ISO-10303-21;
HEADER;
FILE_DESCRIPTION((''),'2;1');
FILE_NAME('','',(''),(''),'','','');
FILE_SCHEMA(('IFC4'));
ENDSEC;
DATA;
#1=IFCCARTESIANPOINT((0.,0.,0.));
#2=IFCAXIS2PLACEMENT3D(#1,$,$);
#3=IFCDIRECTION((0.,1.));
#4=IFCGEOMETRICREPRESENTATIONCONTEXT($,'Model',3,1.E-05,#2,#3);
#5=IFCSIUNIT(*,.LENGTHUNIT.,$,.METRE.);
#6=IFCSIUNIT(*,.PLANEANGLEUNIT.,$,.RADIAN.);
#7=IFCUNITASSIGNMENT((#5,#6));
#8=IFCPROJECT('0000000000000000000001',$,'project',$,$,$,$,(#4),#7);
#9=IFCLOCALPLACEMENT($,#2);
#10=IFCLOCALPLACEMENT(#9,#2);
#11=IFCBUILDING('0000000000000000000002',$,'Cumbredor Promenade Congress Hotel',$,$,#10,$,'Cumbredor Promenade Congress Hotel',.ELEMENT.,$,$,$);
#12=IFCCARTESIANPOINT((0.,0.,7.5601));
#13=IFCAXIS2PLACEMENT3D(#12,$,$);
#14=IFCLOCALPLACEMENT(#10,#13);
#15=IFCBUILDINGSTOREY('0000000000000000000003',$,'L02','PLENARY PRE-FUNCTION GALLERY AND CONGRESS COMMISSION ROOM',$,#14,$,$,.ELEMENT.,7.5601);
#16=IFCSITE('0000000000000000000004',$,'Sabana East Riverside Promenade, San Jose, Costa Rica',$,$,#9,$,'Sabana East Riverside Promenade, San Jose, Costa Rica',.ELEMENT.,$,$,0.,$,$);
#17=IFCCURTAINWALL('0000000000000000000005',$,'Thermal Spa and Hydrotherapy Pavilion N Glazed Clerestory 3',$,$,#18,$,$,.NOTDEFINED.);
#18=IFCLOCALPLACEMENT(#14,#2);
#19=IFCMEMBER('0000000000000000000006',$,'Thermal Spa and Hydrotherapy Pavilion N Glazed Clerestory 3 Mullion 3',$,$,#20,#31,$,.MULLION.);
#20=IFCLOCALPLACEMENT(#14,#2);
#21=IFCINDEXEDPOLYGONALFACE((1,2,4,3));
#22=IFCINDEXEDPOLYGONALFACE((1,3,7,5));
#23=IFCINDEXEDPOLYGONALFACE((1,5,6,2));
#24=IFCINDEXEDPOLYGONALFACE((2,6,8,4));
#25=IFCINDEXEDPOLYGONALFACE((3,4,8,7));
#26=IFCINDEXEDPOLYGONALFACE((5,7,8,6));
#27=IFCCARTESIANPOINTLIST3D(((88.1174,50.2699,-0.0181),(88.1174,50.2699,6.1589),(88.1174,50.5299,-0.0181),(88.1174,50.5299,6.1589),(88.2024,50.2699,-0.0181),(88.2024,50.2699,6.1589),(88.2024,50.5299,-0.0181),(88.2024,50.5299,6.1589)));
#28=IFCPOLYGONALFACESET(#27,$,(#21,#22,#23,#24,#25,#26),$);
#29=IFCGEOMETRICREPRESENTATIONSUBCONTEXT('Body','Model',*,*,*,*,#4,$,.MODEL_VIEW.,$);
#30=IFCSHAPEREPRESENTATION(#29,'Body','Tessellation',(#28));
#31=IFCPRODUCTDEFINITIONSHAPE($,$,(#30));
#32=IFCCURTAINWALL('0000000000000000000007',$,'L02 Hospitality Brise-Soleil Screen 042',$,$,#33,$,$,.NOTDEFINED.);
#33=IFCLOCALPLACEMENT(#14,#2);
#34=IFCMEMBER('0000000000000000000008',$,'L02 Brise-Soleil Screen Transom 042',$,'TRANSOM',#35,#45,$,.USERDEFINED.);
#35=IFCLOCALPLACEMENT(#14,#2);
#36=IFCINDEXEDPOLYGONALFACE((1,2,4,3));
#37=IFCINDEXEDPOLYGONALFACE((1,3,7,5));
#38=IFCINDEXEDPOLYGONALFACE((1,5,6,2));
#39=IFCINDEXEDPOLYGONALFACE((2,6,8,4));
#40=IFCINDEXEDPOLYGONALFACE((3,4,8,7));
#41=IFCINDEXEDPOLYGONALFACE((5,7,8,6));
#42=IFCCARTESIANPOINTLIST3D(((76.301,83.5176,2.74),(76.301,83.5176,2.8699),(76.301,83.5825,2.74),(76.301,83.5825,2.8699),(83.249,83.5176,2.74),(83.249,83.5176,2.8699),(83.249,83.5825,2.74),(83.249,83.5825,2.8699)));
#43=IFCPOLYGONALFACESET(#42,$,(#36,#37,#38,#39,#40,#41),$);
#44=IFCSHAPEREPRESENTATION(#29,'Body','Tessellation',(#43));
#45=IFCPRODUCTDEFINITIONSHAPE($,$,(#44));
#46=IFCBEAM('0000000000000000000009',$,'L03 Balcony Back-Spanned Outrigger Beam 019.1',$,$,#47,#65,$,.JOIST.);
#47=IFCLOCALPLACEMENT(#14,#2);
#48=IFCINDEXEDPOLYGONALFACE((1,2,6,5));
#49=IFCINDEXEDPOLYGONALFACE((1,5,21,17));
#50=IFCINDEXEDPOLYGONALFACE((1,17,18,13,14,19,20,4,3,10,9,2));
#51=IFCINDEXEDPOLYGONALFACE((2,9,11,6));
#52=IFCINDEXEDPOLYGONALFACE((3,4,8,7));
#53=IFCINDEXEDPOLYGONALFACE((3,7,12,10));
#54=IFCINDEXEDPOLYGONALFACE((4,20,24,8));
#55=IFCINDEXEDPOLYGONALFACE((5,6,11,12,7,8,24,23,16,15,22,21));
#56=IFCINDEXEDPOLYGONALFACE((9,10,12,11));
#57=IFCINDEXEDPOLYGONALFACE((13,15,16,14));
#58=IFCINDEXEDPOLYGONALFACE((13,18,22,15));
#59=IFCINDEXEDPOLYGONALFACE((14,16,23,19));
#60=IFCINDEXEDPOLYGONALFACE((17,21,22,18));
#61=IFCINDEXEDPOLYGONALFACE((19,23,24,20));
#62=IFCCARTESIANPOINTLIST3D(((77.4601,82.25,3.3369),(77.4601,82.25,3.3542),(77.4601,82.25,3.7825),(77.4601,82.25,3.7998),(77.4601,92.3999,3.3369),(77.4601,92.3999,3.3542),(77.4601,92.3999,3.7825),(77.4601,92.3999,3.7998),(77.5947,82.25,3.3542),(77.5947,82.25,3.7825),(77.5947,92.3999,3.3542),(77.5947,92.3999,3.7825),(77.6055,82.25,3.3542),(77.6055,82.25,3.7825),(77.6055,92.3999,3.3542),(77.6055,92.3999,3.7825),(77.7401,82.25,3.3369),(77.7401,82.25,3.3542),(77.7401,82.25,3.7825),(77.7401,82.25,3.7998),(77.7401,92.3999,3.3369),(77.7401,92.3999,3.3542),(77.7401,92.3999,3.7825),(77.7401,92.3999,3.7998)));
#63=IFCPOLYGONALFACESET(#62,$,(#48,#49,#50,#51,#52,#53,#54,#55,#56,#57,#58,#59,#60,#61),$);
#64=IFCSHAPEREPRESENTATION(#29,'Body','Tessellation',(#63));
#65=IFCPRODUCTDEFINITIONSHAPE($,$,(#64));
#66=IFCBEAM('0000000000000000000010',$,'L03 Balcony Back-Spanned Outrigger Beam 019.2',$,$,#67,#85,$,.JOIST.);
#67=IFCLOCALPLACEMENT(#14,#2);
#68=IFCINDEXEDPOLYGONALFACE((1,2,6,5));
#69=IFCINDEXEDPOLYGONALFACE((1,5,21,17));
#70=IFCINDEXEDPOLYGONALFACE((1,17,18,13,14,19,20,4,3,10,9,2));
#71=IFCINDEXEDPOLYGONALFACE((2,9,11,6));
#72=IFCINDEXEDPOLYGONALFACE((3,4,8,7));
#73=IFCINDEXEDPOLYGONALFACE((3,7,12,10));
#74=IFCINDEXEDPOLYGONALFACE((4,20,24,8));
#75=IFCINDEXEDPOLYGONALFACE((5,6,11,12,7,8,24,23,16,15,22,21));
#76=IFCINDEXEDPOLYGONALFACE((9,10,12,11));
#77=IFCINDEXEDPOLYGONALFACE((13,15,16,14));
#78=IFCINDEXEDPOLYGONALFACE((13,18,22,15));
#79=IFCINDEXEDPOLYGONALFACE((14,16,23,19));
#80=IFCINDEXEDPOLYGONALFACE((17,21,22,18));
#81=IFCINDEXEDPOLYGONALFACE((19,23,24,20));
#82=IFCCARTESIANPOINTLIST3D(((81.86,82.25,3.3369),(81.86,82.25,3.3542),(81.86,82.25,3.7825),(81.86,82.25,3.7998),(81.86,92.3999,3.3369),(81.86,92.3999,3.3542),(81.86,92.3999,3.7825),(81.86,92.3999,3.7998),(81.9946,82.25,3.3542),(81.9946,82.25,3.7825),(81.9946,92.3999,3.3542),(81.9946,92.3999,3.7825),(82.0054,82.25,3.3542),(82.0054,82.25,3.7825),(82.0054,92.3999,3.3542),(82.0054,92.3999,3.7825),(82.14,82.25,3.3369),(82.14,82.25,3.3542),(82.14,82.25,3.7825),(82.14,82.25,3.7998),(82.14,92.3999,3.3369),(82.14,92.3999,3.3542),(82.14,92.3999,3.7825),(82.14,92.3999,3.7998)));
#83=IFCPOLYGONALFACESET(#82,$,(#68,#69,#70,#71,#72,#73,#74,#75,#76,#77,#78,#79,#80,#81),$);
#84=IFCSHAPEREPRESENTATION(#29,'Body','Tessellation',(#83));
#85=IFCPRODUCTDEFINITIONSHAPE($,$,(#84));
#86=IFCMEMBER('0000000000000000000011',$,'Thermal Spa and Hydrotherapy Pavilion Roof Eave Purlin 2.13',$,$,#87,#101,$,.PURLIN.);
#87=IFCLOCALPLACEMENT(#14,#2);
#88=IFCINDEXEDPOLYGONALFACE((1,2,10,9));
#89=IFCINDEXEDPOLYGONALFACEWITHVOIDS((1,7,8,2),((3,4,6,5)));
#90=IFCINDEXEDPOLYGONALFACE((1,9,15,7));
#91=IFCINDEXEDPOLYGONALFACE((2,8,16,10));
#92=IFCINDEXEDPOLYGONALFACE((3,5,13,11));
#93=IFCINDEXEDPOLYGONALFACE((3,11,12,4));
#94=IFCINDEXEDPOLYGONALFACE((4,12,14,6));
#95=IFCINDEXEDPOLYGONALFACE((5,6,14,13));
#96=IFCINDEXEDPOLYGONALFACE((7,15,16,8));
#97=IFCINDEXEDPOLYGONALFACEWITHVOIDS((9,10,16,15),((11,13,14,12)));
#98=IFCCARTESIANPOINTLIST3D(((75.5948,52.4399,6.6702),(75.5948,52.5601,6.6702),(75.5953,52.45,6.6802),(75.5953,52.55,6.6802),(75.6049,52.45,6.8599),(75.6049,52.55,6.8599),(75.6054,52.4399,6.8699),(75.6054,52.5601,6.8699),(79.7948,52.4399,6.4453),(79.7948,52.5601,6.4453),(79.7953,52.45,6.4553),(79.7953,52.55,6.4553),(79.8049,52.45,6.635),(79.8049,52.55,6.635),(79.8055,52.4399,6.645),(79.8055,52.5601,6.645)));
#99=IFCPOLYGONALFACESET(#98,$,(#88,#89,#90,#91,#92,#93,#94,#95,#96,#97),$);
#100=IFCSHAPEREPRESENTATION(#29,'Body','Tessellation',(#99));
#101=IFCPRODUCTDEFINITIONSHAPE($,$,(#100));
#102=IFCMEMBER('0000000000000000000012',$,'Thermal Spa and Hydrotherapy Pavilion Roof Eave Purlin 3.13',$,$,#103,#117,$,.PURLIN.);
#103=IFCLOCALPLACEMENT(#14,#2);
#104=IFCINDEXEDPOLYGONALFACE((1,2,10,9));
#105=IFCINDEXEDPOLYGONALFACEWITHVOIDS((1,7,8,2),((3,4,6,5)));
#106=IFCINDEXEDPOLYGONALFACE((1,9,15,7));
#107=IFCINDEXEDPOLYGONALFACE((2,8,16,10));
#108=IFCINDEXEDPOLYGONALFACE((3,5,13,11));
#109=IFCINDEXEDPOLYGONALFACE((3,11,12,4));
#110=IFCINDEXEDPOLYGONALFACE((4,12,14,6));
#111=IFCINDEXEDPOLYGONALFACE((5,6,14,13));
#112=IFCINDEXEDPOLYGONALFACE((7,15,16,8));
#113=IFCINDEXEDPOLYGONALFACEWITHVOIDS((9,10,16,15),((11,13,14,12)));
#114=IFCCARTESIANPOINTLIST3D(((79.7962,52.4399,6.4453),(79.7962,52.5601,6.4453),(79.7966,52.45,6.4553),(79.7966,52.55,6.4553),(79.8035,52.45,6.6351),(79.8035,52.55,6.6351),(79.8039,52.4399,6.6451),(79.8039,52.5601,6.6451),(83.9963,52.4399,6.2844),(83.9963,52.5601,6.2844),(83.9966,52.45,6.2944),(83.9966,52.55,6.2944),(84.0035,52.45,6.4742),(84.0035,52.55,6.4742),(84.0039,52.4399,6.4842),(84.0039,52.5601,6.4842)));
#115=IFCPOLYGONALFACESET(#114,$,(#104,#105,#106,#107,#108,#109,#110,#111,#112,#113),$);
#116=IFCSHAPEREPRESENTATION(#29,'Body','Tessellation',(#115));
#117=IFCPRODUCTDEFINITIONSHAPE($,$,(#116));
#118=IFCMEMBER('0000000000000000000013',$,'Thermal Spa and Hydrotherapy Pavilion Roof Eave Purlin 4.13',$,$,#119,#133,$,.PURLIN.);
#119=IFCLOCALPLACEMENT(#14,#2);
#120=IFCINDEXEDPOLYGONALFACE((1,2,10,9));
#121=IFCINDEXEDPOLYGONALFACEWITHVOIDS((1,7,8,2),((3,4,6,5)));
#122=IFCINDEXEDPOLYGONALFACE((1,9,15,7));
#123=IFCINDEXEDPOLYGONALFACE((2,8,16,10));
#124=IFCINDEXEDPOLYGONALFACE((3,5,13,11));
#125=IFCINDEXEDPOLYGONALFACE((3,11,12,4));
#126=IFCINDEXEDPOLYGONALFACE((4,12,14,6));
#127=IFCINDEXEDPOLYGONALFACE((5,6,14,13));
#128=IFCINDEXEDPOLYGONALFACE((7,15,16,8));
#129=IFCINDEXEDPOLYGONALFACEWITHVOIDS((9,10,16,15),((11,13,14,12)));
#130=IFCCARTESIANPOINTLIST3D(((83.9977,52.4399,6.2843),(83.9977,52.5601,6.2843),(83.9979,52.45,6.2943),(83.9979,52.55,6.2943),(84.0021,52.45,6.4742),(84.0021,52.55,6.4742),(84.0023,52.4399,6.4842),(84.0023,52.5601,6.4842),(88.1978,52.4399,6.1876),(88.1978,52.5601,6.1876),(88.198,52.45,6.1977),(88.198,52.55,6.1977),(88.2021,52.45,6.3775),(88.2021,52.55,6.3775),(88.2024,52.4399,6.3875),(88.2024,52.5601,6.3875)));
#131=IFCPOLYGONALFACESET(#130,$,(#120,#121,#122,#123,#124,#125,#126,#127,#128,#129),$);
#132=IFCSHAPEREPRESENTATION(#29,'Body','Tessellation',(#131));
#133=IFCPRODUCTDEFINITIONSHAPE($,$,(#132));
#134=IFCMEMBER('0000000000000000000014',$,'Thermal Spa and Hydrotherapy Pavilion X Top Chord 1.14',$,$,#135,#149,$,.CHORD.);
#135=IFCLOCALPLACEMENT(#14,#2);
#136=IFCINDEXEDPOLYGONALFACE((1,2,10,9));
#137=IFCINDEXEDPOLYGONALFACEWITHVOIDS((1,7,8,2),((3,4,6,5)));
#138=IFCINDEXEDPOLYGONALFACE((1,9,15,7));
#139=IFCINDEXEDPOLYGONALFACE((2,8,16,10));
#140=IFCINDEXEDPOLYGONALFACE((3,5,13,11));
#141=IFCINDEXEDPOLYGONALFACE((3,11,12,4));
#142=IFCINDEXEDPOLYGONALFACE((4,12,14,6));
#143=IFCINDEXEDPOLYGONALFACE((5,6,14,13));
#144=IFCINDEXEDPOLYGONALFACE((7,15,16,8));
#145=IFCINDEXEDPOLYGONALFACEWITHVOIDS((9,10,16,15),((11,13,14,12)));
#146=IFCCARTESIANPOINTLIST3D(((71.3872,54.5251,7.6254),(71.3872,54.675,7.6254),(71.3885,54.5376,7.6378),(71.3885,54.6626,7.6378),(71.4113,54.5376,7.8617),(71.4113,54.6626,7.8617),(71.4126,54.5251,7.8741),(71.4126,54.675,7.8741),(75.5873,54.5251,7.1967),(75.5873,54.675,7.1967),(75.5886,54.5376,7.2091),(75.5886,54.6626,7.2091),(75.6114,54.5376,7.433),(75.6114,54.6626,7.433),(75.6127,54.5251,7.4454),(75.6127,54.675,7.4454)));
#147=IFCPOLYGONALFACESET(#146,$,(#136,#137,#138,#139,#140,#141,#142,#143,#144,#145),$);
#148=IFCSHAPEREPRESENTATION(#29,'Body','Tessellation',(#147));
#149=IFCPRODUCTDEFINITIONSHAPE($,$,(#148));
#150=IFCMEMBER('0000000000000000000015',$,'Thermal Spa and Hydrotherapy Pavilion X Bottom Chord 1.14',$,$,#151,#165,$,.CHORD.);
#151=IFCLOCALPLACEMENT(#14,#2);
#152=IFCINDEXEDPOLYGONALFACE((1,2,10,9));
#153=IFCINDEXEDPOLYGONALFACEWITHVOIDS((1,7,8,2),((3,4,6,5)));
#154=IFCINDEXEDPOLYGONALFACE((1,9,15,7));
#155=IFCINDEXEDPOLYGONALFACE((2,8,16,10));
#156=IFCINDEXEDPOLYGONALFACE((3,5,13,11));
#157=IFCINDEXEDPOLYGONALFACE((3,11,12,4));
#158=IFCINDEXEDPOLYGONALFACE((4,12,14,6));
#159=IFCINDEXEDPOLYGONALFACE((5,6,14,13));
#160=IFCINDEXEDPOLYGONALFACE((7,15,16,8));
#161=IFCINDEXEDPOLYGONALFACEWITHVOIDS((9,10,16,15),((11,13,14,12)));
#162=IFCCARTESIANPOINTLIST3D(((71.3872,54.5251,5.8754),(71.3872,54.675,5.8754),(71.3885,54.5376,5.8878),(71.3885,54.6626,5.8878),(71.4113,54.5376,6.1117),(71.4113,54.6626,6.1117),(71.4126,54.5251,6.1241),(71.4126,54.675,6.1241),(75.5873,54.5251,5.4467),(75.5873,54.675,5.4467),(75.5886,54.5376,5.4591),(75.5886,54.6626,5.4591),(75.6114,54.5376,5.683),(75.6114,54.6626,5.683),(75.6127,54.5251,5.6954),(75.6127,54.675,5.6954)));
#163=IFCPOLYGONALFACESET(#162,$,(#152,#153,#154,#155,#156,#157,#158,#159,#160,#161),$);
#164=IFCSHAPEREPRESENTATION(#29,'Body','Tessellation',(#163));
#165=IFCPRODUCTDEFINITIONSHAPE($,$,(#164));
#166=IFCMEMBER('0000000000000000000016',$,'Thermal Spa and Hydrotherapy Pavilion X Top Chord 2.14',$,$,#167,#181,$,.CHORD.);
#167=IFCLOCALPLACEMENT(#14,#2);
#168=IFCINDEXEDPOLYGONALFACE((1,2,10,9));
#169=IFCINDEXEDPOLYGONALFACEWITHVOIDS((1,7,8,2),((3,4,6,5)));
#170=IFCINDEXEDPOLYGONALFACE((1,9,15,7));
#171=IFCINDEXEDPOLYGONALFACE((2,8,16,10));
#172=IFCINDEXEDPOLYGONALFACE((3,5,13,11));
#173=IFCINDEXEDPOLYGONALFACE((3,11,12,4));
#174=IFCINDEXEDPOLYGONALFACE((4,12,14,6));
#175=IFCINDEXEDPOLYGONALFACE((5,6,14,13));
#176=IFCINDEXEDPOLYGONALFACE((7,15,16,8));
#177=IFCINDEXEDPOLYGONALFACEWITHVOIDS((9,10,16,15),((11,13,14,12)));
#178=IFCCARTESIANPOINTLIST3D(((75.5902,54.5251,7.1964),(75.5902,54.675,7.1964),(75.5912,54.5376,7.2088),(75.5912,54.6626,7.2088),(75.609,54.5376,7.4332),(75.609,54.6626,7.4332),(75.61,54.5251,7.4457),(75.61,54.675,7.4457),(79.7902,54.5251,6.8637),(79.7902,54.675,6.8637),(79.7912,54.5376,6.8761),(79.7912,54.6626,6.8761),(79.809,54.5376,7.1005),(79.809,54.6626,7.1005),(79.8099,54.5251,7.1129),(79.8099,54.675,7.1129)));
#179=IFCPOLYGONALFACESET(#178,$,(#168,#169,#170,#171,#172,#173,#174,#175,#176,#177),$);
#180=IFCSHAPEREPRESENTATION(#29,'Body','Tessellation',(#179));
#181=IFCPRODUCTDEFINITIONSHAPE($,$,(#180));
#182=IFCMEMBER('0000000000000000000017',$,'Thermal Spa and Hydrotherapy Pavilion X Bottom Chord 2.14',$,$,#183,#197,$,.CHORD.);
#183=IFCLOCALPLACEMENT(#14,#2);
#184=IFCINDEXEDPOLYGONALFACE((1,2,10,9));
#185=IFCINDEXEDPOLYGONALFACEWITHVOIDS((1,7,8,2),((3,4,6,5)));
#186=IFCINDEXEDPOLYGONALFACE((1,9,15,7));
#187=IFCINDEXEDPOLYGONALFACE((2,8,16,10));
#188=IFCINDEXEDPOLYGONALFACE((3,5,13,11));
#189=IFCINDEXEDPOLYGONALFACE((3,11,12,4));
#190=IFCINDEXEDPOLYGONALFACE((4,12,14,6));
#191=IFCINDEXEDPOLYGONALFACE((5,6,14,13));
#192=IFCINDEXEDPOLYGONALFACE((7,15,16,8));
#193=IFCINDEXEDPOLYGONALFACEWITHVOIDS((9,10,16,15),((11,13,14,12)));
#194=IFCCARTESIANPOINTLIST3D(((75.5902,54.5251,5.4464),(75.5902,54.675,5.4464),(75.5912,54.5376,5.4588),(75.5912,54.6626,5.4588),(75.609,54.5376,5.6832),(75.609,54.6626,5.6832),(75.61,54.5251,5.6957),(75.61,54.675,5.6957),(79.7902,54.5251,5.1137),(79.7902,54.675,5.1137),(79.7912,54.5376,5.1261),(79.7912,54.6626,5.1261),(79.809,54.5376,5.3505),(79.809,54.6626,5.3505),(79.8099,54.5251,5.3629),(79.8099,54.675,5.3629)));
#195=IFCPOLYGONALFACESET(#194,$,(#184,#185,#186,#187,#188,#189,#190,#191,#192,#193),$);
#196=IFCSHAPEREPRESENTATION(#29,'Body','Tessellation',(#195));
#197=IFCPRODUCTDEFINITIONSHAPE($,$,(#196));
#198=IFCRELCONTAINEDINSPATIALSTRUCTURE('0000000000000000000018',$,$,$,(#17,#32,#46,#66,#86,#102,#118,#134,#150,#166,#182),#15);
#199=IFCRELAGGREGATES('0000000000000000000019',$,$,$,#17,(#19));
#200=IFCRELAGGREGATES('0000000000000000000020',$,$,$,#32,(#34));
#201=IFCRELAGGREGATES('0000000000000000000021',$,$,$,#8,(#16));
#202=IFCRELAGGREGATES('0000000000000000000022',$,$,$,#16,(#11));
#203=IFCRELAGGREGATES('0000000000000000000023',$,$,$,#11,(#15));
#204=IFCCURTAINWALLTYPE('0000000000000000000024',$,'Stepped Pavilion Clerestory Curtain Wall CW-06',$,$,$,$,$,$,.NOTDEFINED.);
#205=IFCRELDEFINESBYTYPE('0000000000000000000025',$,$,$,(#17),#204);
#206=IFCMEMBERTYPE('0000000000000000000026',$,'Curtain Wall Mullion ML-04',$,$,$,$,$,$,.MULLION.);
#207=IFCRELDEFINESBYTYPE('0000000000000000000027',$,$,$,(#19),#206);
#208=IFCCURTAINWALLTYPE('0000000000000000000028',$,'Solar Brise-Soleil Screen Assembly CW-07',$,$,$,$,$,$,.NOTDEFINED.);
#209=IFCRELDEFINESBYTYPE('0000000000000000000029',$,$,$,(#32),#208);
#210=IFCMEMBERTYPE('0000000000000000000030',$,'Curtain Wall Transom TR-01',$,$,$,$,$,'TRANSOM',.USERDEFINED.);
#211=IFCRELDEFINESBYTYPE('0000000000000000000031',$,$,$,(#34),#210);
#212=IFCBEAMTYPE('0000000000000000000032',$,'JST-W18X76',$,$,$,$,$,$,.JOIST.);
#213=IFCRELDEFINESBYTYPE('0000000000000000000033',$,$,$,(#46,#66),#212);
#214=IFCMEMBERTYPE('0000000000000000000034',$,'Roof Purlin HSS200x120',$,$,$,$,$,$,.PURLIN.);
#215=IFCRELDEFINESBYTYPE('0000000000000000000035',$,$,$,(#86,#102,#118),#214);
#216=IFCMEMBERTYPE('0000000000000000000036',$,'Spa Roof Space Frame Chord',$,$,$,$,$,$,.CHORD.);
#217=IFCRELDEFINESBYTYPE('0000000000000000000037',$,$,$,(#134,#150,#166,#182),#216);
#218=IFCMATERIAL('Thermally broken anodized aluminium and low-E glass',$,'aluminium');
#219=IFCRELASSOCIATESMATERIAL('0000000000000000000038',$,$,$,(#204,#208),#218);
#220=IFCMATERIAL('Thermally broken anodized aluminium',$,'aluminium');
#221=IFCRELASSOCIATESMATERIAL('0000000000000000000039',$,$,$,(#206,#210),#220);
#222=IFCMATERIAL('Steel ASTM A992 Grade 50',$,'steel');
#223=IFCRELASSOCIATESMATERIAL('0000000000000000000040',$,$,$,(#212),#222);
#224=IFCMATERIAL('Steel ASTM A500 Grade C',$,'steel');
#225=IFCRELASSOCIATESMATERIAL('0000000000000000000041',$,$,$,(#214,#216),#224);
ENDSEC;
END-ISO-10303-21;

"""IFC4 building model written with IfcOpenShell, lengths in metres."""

from ifc_helpers import new_model, si_unit, direction, frame, origin, origin_2d, place, context, subcontext, project, spatial, rectangle, hollow_rectangle, i_section, extrude, material, material_profile, profile_set, type_object, element, aggregate, save


model = new_model("IFC4")

# Units and contexts
model_context = context("Model", 3, precision=1e-05, world=origin(), true_north=direction((0.0, 1.0)))
body_context = subcontext(model_context, "Body", "Model", "MODEL_VIEW")
ifc_project = project(units=[si_unit("LENGTHUNIT", "METRE"), si_unit("PLANEANGLEUNIT", "RADIAN")], contexts=[model_context])

# Site, building, storey
site_placement = place(None, origin())
site = spatial("IfcSite", under=ifc_project, at=site_placement, Name="Sabana East Riverside Promenade, San Jose, Costa Rica", LongName="Sabana East Riverside Promenade, San Jose, Costa Rica", CompositionType="ELEMENT", RefElevation=0.0)
building_placement = place(site_placement, origin())
building = spatial("IfcBuilding", under=site, at=building_placement, Name="Cumbredor Promenade Congress Hotel", LongName="Cumbredor Promenade Congress Hotel", CompositionType="ELEMENT")
storey_placement = place(building_placement, frame((0.0, 0.0, 7.5601)))
storey = spatial("IfcBuildingStorey", under=building, at=storey_placement, Name="L02", Description="PLENARY PRE-FUNCTION GALLERY AND CONGRESS COMMISSION ROOM", CompositionType="ELEMENT", Elevation=7.5601)

# Curtain walls, members
ifc_material_1 = material(Name="Thermally broken anodized aluminium and low-E glass", Category="aluminium")
curtain_wall_type_1 = type_object("IfcCurtainWallType", Name="Stepped Pavilion Clerestory Curtain Wall CW-06", PredefinedType="NOTDEFINED", material=ifc_material_1)
curtain_wall_1_placement = place(storey_placement, origin())
curtain_wall_1 = element("IfcCurtainWall", 1, at=curtain_wall_1_placement, inside=storey, type_object=curtain_wall_type_1, Name="Thermal Spa and Hydrotherapy Pavilion N Glazed Clerestory 3", PredefinedType="NOTDEFINED")
ifc_material_2 = material(Name="Thermally broken anodized aluminium", Category="aluminium")
ifc_material_profile_1 = material_profile(ifc_material_2, rectangle(XDim=0.085, YDim=0.26, at=origin_2d()), Name="ALU MULLION CLERESTORY 85x260")
ifc_profile_set_1 = profile_set([ifc_material_profile_1], Name="Thermally broken anodized aluminium")
member_type_1 = type_object("IfcMemberType", Name="Curtain Wall Mullion ML-04", PredefinedType="MULLION", material=ifc_profile_set_1)
member_1_placement = place(storey_placement, frame((88.1599, 50.3999, -0.0181), z_axis=(0.0, 0.0, 1.0), x_axis=(1.0, 0.0, 0.0)))
member_1 = element("IfcMember", 2, at=member_1_placement, type_object=member_type_1, Name="Thermal Spa and Hydrotherapy Pavilion N Glazed Clerestory 3 Mullion 3", PredefinedType="MULLION", context=body_context, shape_type="SweptSolid", body=[
    extrude(rectangle(XDim=0.085, YDim=0.26, at=origin_2d()), origin(), (0.0, 0.0, 1.0), 6.177),
])
curtain_wall_type_2 = type_object("IfcCurtainWallType", Name="Solar Brise-Soleil Screen Assembly CW-07", PredefinedType="NOTDEFINED", material=ifc_material_1)
curtain_wall_2_placement = place(storey_placement, origin())
curtain_wall_2 = element("IfcCurtainWall", 3, at=curtain_wall_2_placement, inside=storey, type_object=curtain_wall_type_2, Name="L02 Hospitality Brise-Soleil Screen 042", PredefinedType="NOTDEFINED")
ifc_material_profile_2 = material_profile(ifc_material_2, rectangle(XDim=0.0649, YDim=0.1299, at=origin_2d()), Name="ALU TRANSOM 65x130")
ifc_profile_set_2 = profile_set([ifc_material_profile_2], Name="Thermally broken anodized aluminium")
member_type_2 = type_object("IfcMemberType", Name="Curtain Wall Transom TR-01", ElementType="TRANSOM", PredefinedType="USERDEFINED", material=ifc_profile_set_2)
member_2_placement = place(storey_placement, frame((76.301, 83.55, 2.8049), z_axis=(1.0, 0.0, 0.0), x_axis=(0.0, 1.0, 0.0)))
member_2 = element("IfcMember", 4, at=member_2_placement, type_object=member_type_2, Name="L02 Brise-Soleil Screen Transom 042", ObjectType="TRANSOM", PredefinedType="USERDEFINED", context=body_context, shape_type="SweptSolid", body=[
    extrude(rectangle(XDim=0.0649, YDim=0.1299, at=origin_2d()), origin(), (0.0, 0.0, 1.0), 6.948),
])

# Beams
ifc_material_3 = material(Name="Steel ASTM A992 Grade 50", Category="steel")
ifc_material_profile_3 = material_profile(ifc_material_3, i_section(OverallWidth=0.28, OverallDepth=0.4629, WebThickness=0.0107, FlangeThickness=0.0173, at=origin_2d()), Name="W18X76")
ifc_profile_set_3 = profile_set([ifc_material_profile_3], Name="Steel ASTM A992 Grade 50")
beam_type = type_object("IfcBeamType", Name="JST-W18X76", PredefinedType="JOIST", material=ifc_profile_set_3)
for number, where, z_axis, x_axis, name in (
    (5, (77.6001, 82.25, 3.5684), (0.0, 1.0, 0.0), (-1.0, 0.0, 0.0), "L03 Balcony Back-Spanned Outrigger Beam 019.1"),
    (6, (82.0, 82.25, 3.5684), (0.0, 1.0, 0.0), (-1.0, 0.0, 0.0), "L03 Balcony Back-Spanned Outrigger Beam 019.2"),
):
    element("IfcBeam", number, at=place(storey_placement, frame(where, z_axis=z_axis, x_axis=x_axis)), inside=storey, type_object=beam_type, Name=name, PredefinedType="JOIST", context=body_context, shape_type="SweptSolid", body=[
        extrude(i_section(OverallWidth=0.28, OverallDepth=0.4629, WebThickness=0.0107, FlangeThickness=0.0173, at=origin_2d()), origin(), (0.0, 0.0, 1.0), 10.1499),
    ])

# Members
ifc_material_4 = material(Name="Steel ASTM A500 Grade C", Category="steel")
ifc_material_profile_4 = material_profile(ifc_material_4, hollow_rectangle(XDim=0.1201, YDim=0.2, WallThickness=0.01, at=origin_2d()), Name="HSS 200x120x10")
ifc_profile_set_4 = profile_set([ifc_material_profile_4], Name="Steel ASTM A500 Grade C")
member_type_3 = type_object("IfcMemberType", Name="Roof Purlin HSS200x120", PredefinedType="PURLIN", material=ifc_profile_set_4)
member_3_placement = place(storey_placement, frame((75.6001, 52.5, 6.77), z_axis=(0.99857, 0.0, -0.053461), x_axis=(0.0, 1.0, 0.0)))
element("IfcMember", 7, at=member_3_placement, inside=storey, type_object=member_type_3, Name="Thermal Spa and Hydrotherapy Pavilion Roof Eave Purlin 2.13", PredefinedType="PURLIN", context=body_context, shape_type="SweptSolid", body=[
    extrude(hollow_rectangle(XDim=0.1201, YDim=0.2, WallThickness=0.01, at=origin_2d()), origin(), (0.0, 0.0, 1.0), 4.2061),
])
member_4_placement = place(storey_placement, frame((79.8, 52.5, 6.5452), z_axis=(0.999267, 0.0, -0.038279), x_axis=(0.0, 1.0, 0.0)))
element("IfcMember", 8, at=member_4_placement, inside=storey, type_object=member_type_3, Name="Thermal Spa and Hydrotherapy Pavilion Roof Eave Purlin 3.13", PredefinedType="PURLIN", context=body_context, shape_type="SweptSolid", body=[
    extrude(hollow_rectangle(XDim=0.1201, YDim=0.2, WallThickness=0.01, at=origin_2d()), origin(), (0.0, 0.0, 1.0), 4.2031),
])
member_5_placement = place(storey_placement, frame((84.0, 52.5, 6.3843), z_axis=(0.999735, 0.0, -0.023013), x_axis=(0.0, 1.0, 0.0)))
element("IfcMember", 9, at=member_5_placement, inside=storey, type_object=member_type_3, Name="Thermal Spa and Hydrotherapy Pavilion Roof Eave Purlin 4.13", PredefinedType="PURLIN", context=body_context, shape_type="SweptSolid", body=[
    extrude(hollow_rectangle(XDim=0.1201, YDim=0.2, WallThickness=0.01, at=origin_2d()), origin(), (0.0, 0.0, 1.0), 4.2012),
])
ifc_material_profile_5 = material_profile(ifc_material_4, hollow_rectangle(XDim=0.1499, YDim=0.25, WallThickness=0.0125, at=origin_2d()), Name="HSS 250x150x12.5")
ifc_profile_set_5 = profile_set([ifc_material_profile_5], Name="Steel ASTM A500 Grade C")
member_type_4 = type_object("IfcMemberType", Name="Spa Roof Space Frame Chord", PredefinedType="CHORD", material=ifc_profile_set_5)
for number, where, z_axis, x_axis, name in (
    (10, (71.3999, 54.6001, 7.7498), (0.994831, 0.0, -0.101542), (0.0, 1.0, 0.0), "Thermal Spa and Hydrotherapy Pavilion X Top Chord 1.14"),
    (11, (71.3999, 54.6001, 5.9998), (0.994831, 0.0, -0.101542), (0.0, 1.0, 0.0), "Thermal Spa and Hydrotherapy Pavilion X Bottom Chord 1.14"),
):
    element("IfcMember", number, at=place(storey_placement, frame(where, z_axis=z_axis, x_axis=x_axis)), inside=storey, type_object=member_type_4, Name=name, PredefinedType="CHORD", context=body_context, shape_type="SweptSolid", body=[
        extrude(hollow_rectangle(XDim=0.1499, YDim=0.25, WallThickness=0.0125, at=origin_2d()), origin(), (0.0, 0.0, 1.0), 4.2219),
    ])
for number, where, z_axis, x_axis, name in (
    (12, (75.6001, 54.6001, 7.321), (0.996876, 0.0, -0.078983), (0.0, 1.0, 0.0), "Thermal Spa and Hydrotherapy Pavilion X Top Chord 2.14"),
    (13, (75.6001, 54.6001, 5.571), (0.996876, 0.0, -0.078983), (0.0, 1.0, 0.0), "Thermal Spa and Hydrotherapy Pavilion X Bottom Chord 2.14"),
):
    element("IfcMember", number, at=place(storey_placement, frame(where, z_axis=z_axis, x_axis=x_axis)), inside=storey, type_object=member_type_4, Name=name, PredefinedType="CHORD", context=body_context, shape_type="SweptSolid", body=[
        extrude(hollow_rectangle(XDim=0.1499, YDim=0.25, WallThickness=0.0125, at=origin_2d()), origin(), (0.0, 0.0, 1.0), 4.2131),
    ])

aggregate(curtain_wall_1, [member_1])
aggregate(curtain_wall_2, [member_2])

save(model, "model.ifc")
